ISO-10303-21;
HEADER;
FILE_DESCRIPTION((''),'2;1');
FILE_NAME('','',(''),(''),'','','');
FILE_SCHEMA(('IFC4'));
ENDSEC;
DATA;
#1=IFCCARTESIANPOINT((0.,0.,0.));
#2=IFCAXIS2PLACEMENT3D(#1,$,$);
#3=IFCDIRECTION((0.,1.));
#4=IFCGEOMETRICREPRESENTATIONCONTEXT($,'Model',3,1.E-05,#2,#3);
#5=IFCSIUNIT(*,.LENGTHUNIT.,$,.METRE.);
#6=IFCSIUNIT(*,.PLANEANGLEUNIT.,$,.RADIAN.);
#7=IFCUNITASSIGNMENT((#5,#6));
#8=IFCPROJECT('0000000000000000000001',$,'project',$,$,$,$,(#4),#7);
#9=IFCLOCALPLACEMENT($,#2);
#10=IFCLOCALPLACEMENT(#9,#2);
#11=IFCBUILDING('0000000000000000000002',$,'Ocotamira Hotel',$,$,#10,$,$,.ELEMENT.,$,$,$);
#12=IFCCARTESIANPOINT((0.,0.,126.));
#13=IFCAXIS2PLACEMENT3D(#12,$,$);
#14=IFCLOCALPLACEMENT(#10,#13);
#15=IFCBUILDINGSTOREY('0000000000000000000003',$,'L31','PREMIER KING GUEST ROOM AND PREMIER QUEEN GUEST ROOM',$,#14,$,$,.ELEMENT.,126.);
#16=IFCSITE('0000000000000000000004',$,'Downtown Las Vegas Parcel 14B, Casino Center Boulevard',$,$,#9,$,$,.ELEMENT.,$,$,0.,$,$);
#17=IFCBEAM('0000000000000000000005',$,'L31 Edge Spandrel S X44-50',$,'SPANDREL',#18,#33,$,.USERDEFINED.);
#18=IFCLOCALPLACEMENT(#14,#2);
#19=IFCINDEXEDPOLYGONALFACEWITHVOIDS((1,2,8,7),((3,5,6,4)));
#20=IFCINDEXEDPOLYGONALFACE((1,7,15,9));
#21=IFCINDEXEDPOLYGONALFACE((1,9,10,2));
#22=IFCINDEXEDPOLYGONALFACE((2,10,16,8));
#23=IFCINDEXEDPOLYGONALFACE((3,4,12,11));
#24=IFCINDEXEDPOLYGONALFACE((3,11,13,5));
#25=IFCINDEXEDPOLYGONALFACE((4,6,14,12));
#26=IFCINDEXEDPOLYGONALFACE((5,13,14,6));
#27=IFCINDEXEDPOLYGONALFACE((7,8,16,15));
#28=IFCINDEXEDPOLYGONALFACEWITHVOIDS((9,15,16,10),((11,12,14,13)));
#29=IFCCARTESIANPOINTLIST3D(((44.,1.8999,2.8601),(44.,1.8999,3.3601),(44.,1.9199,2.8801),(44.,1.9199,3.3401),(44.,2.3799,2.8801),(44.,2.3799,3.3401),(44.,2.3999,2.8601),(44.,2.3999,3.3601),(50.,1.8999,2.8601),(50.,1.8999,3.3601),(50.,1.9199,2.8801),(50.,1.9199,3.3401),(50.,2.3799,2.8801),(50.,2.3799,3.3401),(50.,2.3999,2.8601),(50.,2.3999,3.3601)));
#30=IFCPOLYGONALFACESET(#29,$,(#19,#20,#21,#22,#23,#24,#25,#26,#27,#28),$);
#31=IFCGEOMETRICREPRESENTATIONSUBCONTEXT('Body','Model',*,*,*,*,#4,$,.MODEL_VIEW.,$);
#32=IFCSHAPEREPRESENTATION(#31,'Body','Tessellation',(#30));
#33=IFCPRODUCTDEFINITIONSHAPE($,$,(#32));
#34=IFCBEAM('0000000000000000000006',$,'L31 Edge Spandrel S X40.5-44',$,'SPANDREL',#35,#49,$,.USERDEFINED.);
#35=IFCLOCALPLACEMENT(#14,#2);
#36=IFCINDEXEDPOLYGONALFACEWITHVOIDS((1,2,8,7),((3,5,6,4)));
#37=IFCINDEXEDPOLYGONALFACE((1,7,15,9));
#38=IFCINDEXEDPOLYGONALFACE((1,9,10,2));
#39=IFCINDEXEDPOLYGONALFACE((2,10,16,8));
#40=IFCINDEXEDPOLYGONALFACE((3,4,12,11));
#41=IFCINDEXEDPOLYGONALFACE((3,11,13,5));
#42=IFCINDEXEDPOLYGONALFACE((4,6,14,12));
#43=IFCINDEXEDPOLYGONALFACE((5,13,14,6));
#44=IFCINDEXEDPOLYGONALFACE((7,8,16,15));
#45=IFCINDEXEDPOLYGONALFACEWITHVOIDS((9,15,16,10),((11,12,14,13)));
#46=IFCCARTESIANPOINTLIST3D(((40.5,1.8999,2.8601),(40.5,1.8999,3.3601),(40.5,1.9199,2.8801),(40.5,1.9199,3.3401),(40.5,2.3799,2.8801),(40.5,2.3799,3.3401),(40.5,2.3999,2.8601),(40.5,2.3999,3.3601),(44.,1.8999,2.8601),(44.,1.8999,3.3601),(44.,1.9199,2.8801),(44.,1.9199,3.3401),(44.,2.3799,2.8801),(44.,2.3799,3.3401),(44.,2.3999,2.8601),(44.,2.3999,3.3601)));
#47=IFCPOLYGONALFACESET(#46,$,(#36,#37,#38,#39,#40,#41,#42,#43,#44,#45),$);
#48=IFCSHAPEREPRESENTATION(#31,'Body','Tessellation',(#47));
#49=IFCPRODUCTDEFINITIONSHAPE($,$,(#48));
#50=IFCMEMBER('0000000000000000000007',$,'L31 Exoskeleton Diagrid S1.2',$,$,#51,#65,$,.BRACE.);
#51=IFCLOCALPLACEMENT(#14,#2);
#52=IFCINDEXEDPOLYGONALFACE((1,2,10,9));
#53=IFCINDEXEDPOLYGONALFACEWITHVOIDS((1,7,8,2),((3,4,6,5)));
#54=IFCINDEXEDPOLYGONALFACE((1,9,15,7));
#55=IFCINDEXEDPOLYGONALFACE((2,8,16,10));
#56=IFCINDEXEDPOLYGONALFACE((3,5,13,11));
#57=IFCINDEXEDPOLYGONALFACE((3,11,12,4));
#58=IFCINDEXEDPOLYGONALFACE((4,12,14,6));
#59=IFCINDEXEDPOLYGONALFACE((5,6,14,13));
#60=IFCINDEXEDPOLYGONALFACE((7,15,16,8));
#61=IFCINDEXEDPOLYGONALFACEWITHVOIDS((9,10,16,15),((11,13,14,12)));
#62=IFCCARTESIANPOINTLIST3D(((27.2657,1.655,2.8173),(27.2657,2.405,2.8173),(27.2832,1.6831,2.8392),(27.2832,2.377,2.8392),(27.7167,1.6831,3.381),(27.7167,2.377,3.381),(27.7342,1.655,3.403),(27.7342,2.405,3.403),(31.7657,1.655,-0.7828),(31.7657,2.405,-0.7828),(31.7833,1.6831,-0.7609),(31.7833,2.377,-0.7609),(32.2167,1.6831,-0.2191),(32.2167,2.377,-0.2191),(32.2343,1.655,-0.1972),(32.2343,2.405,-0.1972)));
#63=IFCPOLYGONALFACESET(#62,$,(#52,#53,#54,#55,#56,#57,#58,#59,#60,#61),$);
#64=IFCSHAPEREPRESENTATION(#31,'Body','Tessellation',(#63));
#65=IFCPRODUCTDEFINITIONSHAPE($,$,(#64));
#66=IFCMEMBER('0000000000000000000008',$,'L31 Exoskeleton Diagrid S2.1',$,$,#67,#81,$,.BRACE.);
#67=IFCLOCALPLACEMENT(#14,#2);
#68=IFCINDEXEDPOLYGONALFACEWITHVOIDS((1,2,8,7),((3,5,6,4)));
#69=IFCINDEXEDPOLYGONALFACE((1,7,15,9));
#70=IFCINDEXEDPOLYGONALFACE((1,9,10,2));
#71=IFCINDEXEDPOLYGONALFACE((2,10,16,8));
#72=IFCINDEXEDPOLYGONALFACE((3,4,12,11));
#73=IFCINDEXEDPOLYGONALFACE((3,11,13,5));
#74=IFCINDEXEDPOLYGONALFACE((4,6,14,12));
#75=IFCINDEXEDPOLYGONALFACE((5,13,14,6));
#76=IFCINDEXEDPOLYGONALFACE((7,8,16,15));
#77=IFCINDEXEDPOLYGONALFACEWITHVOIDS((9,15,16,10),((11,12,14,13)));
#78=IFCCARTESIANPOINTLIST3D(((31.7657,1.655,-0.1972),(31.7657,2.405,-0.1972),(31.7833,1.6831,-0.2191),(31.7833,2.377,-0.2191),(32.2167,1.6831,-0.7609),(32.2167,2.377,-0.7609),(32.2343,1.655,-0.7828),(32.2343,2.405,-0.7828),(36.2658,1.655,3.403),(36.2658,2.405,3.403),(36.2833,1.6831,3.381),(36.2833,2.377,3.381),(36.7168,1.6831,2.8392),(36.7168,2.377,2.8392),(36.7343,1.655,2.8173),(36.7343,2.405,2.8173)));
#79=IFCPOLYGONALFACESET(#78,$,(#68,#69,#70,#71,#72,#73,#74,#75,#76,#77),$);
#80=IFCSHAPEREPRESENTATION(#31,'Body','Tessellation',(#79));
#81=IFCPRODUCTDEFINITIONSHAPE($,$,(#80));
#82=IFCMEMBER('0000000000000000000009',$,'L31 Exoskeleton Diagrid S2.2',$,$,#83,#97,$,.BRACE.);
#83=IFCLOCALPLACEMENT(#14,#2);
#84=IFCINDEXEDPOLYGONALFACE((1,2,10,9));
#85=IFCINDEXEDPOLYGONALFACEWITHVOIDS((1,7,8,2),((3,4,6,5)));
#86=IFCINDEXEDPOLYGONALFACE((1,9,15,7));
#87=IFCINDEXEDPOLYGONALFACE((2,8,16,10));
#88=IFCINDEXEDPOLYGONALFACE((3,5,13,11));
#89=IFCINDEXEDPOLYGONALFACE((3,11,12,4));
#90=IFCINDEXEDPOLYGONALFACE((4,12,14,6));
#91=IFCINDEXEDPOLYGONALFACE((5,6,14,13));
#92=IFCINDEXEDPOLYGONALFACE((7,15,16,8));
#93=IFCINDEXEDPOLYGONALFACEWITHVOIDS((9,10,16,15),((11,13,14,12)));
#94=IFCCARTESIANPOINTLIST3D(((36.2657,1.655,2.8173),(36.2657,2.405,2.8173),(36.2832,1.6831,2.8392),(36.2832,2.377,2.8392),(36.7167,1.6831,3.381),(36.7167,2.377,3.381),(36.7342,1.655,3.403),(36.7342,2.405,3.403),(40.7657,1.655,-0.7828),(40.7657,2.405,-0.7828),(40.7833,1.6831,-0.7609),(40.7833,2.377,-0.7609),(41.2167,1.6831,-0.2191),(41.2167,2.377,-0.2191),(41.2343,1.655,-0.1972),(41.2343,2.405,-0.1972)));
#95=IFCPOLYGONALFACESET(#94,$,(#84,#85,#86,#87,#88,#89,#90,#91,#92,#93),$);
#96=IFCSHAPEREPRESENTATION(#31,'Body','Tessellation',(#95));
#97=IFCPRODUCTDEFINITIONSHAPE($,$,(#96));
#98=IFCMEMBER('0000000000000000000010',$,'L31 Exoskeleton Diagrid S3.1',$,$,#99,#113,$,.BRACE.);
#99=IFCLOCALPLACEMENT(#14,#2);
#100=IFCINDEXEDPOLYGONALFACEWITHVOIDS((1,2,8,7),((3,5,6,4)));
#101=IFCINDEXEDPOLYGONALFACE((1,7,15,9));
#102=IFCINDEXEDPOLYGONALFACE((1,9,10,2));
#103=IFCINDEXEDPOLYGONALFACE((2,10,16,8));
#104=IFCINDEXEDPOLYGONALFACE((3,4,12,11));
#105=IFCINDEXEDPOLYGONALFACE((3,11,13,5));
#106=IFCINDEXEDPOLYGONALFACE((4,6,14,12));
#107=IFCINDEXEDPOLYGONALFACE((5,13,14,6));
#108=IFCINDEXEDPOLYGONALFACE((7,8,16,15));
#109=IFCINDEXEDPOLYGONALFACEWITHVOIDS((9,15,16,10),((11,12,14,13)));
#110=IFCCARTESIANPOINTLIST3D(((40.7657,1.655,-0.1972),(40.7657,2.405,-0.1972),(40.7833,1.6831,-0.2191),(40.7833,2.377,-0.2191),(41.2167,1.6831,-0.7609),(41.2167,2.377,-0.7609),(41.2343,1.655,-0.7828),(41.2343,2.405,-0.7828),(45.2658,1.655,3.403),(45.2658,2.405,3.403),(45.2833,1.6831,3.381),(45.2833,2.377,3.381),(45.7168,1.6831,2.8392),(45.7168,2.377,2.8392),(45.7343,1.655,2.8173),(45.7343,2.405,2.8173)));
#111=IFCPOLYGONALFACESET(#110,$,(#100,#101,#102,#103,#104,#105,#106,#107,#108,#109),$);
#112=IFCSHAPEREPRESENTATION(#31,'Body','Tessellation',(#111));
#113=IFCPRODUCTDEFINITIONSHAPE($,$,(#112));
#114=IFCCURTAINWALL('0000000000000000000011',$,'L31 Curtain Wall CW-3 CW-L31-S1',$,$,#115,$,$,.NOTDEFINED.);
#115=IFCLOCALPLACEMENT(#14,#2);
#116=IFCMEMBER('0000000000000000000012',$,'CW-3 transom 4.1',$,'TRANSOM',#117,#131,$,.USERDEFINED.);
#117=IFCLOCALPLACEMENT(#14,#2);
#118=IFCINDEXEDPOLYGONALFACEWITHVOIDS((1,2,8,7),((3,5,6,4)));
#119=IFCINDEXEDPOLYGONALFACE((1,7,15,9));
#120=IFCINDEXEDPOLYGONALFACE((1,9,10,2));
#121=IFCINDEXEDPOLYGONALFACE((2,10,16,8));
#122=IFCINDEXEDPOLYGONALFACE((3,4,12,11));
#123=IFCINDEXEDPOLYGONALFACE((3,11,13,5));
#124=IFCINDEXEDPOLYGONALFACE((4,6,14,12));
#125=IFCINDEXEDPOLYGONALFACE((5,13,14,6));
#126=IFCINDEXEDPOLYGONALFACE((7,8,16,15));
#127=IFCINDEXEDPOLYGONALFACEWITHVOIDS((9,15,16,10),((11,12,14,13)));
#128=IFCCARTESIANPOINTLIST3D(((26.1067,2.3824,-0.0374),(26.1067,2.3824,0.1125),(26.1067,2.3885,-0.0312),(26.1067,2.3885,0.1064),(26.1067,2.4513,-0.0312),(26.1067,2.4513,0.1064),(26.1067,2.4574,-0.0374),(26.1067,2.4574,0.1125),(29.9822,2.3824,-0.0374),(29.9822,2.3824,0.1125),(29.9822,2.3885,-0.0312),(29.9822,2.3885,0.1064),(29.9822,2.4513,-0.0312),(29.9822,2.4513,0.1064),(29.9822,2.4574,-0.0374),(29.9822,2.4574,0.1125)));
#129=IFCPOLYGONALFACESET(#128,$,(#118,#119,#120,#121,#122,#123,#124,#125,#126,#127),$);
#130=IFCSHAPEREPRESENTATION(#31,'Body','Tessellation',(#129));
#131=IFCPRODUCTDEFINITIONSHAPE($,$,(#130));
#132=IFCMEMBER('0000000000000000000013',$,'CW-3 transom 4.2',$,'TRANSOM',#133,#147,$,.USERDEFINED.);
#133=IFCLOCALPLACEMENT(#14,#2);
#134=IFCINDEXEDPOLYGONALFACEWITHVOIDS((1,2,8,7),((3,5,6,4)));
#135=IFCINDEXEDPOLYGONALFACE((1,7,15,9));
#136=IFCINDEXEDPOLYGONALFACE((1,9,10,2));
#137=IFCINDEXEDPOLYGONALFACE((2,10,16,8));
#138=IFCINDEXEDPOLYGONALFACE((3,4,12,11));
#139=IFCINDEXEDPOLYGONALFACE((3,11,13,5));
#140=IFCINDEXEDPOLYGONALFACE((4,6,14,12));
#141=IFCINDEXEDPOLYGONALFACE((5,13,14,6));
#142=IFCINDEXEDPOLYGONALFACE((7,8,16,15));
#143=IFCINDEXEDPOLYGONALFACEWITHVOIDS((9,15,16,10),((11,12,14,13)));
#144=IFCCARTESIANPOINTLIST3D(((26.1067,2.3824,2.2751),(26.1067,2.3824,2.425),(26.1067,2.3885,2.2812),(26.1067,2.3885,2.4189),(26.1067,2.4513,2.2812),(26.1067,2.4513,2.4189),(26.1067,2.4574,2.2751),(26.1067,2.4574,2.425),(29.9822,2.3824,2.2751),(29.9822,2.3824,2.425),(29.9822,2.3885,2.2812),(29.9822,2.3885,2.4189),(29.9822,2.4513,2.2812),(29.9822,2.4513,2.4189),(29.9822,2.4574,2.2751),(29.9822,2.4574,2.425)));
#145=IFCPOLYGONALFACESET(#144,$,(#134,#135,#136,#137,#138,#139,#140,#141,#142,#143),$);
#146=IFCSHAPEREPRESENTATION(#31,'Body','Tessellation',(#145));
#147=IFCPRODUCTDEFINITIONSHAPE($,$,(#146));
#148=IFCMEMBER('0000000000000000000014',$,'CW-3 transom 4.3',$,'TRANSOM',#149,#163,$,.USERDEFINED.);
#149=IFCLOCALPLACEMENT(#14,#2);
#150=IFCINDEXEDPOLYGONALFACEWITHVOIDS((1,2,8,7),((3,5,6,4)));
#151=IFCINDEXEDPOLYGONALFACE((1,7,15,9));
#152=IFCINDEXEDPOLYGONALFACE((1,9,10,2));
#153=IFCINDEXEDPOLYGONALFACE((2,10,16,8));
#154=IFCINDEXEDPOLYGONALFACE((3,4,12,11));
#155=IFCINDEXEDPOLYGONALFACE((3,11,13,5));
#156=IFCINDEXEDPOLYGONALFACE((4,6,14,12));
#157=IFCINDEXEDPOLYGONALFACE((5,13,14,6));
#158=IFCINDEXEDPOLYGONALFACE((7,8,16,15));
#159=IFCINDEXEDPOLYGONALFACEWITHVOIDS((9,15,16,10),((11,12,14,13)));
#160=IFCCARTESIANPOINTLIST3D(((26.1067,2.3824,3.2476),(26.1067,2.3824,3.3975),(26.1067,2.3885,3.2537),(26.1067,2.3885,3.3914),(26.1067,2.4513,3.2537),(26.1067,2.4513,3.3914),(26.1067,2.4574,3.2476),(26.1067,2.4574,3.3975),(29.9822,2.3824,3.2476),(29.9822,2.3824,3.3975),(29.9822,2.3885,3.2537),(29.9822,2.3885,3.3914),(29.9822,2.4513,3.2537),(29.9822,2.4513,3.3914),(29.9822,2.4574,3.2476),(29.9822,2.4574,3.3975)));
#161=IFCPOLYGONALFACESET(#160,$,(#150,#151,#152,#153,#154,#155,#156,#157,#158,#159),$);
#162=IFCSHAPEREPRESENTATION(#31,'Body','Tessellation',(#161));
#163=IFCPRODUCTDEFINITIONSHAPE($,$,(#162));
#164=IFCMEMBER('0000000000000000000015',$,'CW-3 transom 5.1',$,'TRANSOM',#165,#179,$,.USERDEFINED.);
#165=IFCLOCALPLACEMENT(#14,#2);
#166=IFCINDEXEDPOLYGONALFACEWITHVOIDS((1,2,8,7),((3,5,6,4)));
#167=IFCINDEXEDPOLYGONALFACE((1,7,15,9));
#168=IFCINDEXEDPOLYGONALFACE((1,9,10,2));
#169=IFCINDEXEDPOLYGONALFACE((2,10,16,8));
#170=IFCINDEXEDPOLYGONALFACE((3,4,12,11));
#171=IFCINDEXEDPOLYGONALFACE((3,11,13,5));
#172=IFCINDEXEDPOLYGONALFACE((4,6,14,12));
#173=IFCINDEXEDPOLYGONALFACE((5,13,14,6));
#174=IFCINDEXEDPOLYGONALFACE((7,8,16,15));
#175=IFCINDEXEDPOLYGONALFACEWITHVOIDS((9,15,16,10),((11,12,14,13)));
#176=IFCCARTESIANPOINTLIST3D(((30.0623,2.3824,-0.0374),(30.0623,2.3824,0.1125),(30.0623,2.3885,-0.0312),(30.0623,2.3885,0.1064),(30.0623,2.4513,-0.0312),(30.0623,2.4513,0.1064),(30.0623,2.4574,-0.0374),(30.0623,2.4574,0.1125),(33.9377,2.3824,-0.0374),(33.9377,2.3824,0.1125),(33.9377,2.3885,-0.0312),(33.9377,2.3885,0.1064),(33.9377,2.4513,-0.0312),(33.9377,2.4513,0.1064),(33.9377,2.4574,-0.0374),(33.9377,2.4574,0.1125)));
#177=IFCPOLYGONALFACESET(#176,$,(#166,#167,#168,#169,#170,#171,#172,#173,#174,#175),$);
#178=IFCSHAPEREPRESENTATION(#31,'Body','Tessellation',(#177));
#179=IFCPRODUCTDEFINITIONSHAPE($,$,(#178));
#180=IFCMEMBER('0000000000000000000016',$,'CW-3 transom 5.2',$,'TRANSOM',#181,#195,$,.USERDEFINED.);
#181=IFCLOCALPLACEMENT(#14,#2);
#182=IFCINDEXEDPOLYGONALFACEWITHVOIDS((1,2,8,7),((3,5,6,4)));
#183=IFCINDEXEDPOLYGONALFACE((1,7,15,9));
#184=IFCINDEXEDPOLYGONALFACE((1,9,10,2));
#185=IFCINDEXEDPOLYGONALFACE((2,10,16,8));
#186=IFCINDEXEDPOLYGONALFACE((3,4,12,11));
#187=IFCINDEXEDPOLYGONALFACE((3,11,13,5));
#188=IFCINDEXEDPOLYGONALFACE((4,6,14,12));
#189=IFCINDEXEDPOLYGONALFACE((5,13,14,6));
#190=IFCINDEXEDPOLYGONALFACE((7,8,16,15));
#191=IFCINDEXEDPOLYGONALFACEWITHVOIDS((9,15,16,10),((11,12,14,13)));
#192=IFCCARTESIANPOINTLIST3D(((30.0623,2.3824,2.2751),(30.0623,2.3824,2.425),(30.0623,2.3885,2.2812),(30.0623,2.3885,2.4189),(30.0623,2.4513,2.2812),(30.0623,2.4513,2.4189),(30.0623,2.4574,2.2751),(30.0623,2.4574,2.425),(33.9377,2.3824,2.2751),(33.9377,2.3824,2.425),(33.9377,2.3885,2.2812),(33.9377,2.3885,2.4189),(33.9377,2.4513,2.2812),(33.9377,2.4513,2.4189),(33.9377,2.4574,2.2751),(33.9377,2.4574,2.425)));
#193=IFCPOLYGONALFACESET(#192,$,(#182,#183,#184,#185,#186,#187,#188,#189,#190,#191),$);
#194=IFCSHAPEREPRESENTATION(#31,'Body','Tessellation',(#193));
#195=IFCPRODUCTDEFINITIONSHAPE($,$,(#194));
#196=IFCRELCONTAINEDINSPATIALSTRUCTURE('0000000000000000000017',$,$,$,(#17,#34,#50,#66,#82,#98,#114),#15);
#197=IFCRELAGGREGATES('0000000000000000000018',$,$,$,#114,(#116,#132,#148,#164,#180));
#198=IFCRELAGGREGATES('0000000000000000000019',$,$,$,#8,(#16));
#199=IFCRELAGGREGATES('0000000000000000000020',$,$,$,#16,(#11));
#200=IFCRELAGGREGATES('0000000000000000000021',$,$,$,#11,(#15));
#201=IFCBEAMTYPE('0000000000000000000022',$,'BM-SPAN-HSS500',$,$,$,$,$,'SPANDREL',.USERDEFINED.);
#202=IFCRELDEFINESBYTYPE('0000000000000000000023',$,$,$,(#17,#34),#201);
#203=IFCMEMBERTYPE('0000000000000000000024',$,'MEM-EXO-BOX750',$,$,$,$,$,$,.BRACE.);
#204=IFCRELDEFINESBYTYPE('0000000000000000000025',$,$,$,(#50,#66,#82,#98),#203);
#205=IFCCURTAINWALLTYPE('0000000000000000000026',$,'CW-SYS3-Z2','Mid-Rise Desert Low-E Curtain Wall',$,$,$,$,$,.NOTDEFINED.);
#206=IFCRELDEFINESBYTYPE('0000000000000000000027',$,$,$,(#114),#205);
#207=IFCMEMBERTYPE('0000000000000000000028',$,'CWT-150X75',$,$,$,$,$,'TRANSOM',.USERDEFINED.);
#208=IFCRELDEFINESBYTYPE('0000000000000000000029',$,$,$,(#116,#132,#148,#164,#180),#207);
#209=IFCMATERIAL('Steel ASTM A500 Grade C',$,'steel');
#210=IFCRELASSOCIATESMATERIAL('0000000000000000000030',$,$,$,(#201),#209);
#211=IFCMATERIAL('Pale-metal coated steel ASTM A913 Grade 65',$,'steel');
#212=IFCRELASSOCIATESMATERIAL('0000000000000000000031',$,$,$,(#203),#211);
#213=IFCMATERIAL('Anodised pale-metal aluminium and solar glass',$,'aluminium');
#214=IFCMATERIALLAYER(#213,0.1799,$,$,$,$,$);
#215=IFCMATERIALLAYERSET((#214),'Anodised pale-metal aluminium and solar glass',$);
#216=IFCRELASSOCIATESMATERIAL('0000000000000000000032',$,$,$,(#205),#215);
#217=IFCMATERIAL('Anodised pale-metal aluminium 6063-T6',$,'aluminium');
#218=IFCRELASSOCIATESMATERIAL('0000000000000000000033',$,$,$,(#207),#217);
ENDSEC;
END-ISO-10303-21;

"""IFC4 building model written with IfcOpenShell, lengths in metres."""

from ifc_helpers import new_model, si_unit, direction, frame, origin, origin_2d, place, context, subcontext, project, spatial, hollow_rectangle, extrude, source, transform, mapped, material, layer, layer_set, material_profile, profile_set, type_object, element, aggregate, save


model = new_model("IFC4")

# Units and contexts
model_context = context("Model", 3, precision=1e-05, world=origin(), true_north=direction((0.0, 1.0)))
body_context = subcontext(model_context, "Body", "Model", "MODEL_VIEW")
ifc_project = project(units=[si_unit("LENGTHUNIT", "METRE"), si_unit("PLANEANGLEUNIT", "RADIAN")], contexts=[model_context])

# Site, building, storey
site_placement = place(None, origin())
site = spatial("IfcSite", under=ifc_project, at=site_placement, Name="Downtown Las Vegas Parcel 14B, Casino Center Boulevard", CompositionType="ELEMENT", RefElevation=0.0)
building_placement = place(site_placement, origin())
building = spatial("IfcBuilding", under=site, at=building_placement, Name="Ocotamira Hotel", CompositionType="ELEMENT")
storey_placement = place(building_placement, frame((0.0, 0.0, 126.0)))
storey = spatial("IfcBuildingStorey", under=building, at=storey_placement, Name="L31", Description="PREMIER KING GUEST ROOM AND PREMIER QUEEN GUEST ROOM", CompositionType="ELEMENT", Elevation=126.0)

# Beams
ifc_material_1 = material(Name="Steel ASTM A500 Grade C", Category="steel")
ifc_material_profile_1 = material_profile(ifc_material_1, hollow_rectangle(XDim=0.5, YDim=0.5, WallThickness=0.02, at=origin_2d()), Name="HSS500X500X20")
ifc_profile_set_1 = profile_set([ifc_material_profile_1], Name="Steel ASTM A500 Grade C")
beam_type = type_object("IfcBeamType", Name="BM-SPAN-HSS500", ElementType="SPANDREL", PredefinedType="USERDEFINED", material=ifc_profile_set_1)
shared_shape_1 = source(origin(), body_context, "Body", "SweptSolid", [
    extrude(hollow_rectangle(XDim=0.5, YDim=0.5, WallThickness=0.02, at=origin_2d()), origin(), (0.0, 0.0, 1.0), 6.0),
])
beam_1_placement = place(storey_placement, frame((44.0, 2.1499, 3.1101), z_axis=(1.0, 0.0, 0.0), x_axis=(0.0, 1.0, 0.0)))
element("IfcBeam", 1, at=beam_1_placement, inside=storey, type_object=beam_type, Name="L31 Edge Spandrel S X44-50", ObjectType="SPANDREL", PredefinedType="USERDEFINED", context=body_context, shape_type="MappedRepresentation", body=[
    mapped(shared_shape_1, transform((0.0, 0.0, 0.0), scale=1.0)),
])
shared_shape_2 = source(origin(), body_context, "Body", "SweptSolid", [
    extrude(hollow_rectangle(XDim=0.5, YDim=0.5, WallThickness=0.02, at=origin_2d()), origin(), (0.0, 0.0, 1.0), 3.5),
])
beam_2_placement = place(storey_placement, frame((40.5, 2.1499, 3.1101), z_axis=(1.0, 0.0, 0.0), x_axis=(0.0, 1.0, 0.0)))
element("IfcBeam", 2, at=beam_2_placement, inside=storey, type_object=beam_type, Name="L31 Edge Spandrel S X40.5-44", ObjectType="SPANDREL", PredefinedType="USERDEFINED", context=body_context, shape_type="MappedRepresentation", body=[
    mapped(shared_shape_2, transform((0.0, 0.0, 0.0), scale=1.0)),
])

# Members
ifc_material_2 = material(Name="Pale-metal coated steel ASTM A913 Grade 65", Category="steel")
ifc_material_profile_2 = material_profile(ifc_material_2, hollow_rectangle(XDim=0.75, YDim=0.75, WallThickness=0.0281, at=origin_2d()), Name="BOX750X750X28")
ifc_profile_set_2 = profile_set([ifc_material_profile_2], Name="Pale-metal coated steel ASTM A913 Grade 65")
member_type_1 = type_object("IfcMemberType", Name="MEM-EXO-BOX750", PredefinedType="BRACE", material=ifc_profile_set_2)
shared_shape_3 = source(origin(), body_context, "Body", "SweptSolid", [
    extrude(hollow_rectangle(XDim=0.75, YDim=0.75, WallThickness=0.0281, at=origin_2d()), origin(), (0.0, 0.0, 1.0), 5.7629),
])
for number, where, z_axis, x_axis, name in (
    (3, (32.0, 2.03, -0.49), (-0.780861, 0.0, 0.624705), (0.0, -1.0, 0.0), "L31 Exoskeleton Diagrid S1.2"),
    (4, (32.0, 2.03, -0.49), (0.780861, 0.0, 0.624705), (0.0, 1.0, 0.0), "L31 Exoskeleton Diagrid S2.1"),
    (5, (41.0, 2.03, -0.49), (-0.780861, 0.0, 0.624705), (0.0, -1.0, 0.0), "L31 Exoskeleton Diagrid S2.2"),
    (6, (41.0, 2.03, -0.49), (0.780861, 0.0, 0.624705), (0.0, 1.0, 0.0), "L31 Exoskeleton Diagrid S3.1"),
):
    element("IfcMember", number, at=place(storey_placement, frame(where, z_axis=z_axis, x_axis=x_axis)), inside=storey, type_object=member_type_1, Name=name, PredefinedType="BRACE", context=body_context, shape_type="MappedRepresentation", body=[
        mapped(shared_shape_3, transform((0.0, 0.0, 0.0), scale=1.0)),
    ])

# Curtain wall, members
ifc_material_3 = material(Name="Anodised pale-metal aluminium and solar glass", Category="aluminium")
ifc_layer_1 = layer(ifc_material_3, 0.1799)
ifc_layer_set_1 = layer_set([ifc_layer_1], Name="Anodised pale-metal aluminium and solar glass")
curtain_wall_type = type_object("IfcCurtainWallType", Name="CW-SYS3-Z2", Description="Mid-Rise Desert Low-E Curtain Wall", PredefinedType="NOTDEFINED", material=ifc_layer_set_1)
curtain_wall_placement = place(storey_placement, origin())
curtain_wall = element("IfcCurtainWall", 7, at=curtain_wall_placement, inside=storey, type_object=curtain_wall_type, Name="L31 Curtain Wall CW-3 CW-L31-S1", PredefinedType="NOTDEFINED")
ifc_material_4 = material(Name="Anodised pale-metal aluminium 6063-T6", Category="aluminium")
ifc_material_profile_3 = material_profile(ifc_material_4, hollow_rectangle(XDim=0.075, YDim=0.1499, WallThickness=0.0061, at=origin_2d()), Name="HSS150X75X6")
ifc_profile_set_3 = profile_set([ifc_material_profile_3], Name="Anodised pale-metal aluminium 6063-T6")
member_type_2 = type_object("IfcMemberType", Name="CWT-150X75", ElementType="TRANSOM", PredefinedType="USERDEFINED", material=ifc_profile_set_3)
shared_shape_4 = source(origin(), body_context, "Body", "SweptSolid", [
    extrude(hollow_rectangle(XDim=0.075, YDim=0.1499, WallThickness=0.0061, at=origin_2d()), origin(), (0.0, 0.0, 1.0), 3.8755),
])
member_1_placement = place(storey_placement, frame((26.1067, 2.4199, 0.0376), z_axis=(1.0, 0.0, 0.0), x_axis=(0.0, 1.0, 0.0)))
member_1 = element("IfcMember", 8, at=member_1_placement, type_object=member_type_2, Name="CW-3 transom 4.1", ObjectType="TRANSOM", PredefinedType="USERDEFINED", context=body_context, shape_type="MappedRepresentation", body=[
    mapped(shared_shape_4, transform((0.0, 0.0, 0.0), scale=1.0)),
])
member_2_placement = place(storey_placement, frame((26.1067, 2.4199, 2.3501), z_axis=(1.0, 0.0, 0.0), x_axis=(0.0, 1.0, 0.0)))
member_2 = element("IfcMember", 9, at=member_2_placement, type_object=member_type_2, Name="CW-3 transom 4.2", ObjectType="TRANSOM", PredefinedType="USERDEFINED", context=body_context, shape_type="MappedRepresentation", body=[
    mapped(shared_shape_4, transform((0.0, 0.0, 0.0), scale=1.0)),
])
member_3_placement = place(storey_placement, frame((26.1067, 2.4199, 3.3225), z_axis=(1.0, 0.0, 0.0), x_axis=(0.0, 1.0, 0.0)))
member_3 = element("IfcMember", 10, at=member_3_placement, type_object=member_type_2, Name="CW-3 transom 4.3", ObjectType="TRANSOM", PredefinedType="USERDEFINED", context=body_context, shape_type="MappedRepresentation", body=[
    mapped(shared_shape_4, transform((0.0, 0.0, 0.0), scale=1.0)),
])
member_4_placement = place(storey_placement, frame((30.0623, 2.4199, 0.0376), z_axis=(1.0, 0.0, 0.0), x_axis=(0.0, 1.0, 0.0)))
member_4 = element("IfcMember", 11, at=member_4_placement, type_object=member_type_2, Name="CW-3 transom 5.1", ObjectType="TRANSOM", PredefinedType="USERDEFINED", context=body_context, shape_type="MappedRepresentation", body=[
    mapped(shared_shape_4, transform((0.0, 0.0, 0.0), scale=1.0)),
])
member_5_placement = place(storey_placement, frame((30.0623, 2.4199, 2.3501), z_axis=(1.0, 0.0, 0.0), x_axis=(0.0, 1.0, 0.0)))
member_5 = element("IfcMember", 12, at=member_5_placement, type_object=member_type_2, Name="CW-3 transom 5.2", ObjectType="TRANSOM", PredefinedType="USERDEFINED", context=body_context, shape_type="MappedRepresentation", body=[
    mapped(shared_shape_4, transform((0.0, 0.0, 0.0), scale=1.0)),
])

aggregate(curtain_wall, [member_1, member_2, member_3, member_4, member_5])

save(model, "model.ifc")
